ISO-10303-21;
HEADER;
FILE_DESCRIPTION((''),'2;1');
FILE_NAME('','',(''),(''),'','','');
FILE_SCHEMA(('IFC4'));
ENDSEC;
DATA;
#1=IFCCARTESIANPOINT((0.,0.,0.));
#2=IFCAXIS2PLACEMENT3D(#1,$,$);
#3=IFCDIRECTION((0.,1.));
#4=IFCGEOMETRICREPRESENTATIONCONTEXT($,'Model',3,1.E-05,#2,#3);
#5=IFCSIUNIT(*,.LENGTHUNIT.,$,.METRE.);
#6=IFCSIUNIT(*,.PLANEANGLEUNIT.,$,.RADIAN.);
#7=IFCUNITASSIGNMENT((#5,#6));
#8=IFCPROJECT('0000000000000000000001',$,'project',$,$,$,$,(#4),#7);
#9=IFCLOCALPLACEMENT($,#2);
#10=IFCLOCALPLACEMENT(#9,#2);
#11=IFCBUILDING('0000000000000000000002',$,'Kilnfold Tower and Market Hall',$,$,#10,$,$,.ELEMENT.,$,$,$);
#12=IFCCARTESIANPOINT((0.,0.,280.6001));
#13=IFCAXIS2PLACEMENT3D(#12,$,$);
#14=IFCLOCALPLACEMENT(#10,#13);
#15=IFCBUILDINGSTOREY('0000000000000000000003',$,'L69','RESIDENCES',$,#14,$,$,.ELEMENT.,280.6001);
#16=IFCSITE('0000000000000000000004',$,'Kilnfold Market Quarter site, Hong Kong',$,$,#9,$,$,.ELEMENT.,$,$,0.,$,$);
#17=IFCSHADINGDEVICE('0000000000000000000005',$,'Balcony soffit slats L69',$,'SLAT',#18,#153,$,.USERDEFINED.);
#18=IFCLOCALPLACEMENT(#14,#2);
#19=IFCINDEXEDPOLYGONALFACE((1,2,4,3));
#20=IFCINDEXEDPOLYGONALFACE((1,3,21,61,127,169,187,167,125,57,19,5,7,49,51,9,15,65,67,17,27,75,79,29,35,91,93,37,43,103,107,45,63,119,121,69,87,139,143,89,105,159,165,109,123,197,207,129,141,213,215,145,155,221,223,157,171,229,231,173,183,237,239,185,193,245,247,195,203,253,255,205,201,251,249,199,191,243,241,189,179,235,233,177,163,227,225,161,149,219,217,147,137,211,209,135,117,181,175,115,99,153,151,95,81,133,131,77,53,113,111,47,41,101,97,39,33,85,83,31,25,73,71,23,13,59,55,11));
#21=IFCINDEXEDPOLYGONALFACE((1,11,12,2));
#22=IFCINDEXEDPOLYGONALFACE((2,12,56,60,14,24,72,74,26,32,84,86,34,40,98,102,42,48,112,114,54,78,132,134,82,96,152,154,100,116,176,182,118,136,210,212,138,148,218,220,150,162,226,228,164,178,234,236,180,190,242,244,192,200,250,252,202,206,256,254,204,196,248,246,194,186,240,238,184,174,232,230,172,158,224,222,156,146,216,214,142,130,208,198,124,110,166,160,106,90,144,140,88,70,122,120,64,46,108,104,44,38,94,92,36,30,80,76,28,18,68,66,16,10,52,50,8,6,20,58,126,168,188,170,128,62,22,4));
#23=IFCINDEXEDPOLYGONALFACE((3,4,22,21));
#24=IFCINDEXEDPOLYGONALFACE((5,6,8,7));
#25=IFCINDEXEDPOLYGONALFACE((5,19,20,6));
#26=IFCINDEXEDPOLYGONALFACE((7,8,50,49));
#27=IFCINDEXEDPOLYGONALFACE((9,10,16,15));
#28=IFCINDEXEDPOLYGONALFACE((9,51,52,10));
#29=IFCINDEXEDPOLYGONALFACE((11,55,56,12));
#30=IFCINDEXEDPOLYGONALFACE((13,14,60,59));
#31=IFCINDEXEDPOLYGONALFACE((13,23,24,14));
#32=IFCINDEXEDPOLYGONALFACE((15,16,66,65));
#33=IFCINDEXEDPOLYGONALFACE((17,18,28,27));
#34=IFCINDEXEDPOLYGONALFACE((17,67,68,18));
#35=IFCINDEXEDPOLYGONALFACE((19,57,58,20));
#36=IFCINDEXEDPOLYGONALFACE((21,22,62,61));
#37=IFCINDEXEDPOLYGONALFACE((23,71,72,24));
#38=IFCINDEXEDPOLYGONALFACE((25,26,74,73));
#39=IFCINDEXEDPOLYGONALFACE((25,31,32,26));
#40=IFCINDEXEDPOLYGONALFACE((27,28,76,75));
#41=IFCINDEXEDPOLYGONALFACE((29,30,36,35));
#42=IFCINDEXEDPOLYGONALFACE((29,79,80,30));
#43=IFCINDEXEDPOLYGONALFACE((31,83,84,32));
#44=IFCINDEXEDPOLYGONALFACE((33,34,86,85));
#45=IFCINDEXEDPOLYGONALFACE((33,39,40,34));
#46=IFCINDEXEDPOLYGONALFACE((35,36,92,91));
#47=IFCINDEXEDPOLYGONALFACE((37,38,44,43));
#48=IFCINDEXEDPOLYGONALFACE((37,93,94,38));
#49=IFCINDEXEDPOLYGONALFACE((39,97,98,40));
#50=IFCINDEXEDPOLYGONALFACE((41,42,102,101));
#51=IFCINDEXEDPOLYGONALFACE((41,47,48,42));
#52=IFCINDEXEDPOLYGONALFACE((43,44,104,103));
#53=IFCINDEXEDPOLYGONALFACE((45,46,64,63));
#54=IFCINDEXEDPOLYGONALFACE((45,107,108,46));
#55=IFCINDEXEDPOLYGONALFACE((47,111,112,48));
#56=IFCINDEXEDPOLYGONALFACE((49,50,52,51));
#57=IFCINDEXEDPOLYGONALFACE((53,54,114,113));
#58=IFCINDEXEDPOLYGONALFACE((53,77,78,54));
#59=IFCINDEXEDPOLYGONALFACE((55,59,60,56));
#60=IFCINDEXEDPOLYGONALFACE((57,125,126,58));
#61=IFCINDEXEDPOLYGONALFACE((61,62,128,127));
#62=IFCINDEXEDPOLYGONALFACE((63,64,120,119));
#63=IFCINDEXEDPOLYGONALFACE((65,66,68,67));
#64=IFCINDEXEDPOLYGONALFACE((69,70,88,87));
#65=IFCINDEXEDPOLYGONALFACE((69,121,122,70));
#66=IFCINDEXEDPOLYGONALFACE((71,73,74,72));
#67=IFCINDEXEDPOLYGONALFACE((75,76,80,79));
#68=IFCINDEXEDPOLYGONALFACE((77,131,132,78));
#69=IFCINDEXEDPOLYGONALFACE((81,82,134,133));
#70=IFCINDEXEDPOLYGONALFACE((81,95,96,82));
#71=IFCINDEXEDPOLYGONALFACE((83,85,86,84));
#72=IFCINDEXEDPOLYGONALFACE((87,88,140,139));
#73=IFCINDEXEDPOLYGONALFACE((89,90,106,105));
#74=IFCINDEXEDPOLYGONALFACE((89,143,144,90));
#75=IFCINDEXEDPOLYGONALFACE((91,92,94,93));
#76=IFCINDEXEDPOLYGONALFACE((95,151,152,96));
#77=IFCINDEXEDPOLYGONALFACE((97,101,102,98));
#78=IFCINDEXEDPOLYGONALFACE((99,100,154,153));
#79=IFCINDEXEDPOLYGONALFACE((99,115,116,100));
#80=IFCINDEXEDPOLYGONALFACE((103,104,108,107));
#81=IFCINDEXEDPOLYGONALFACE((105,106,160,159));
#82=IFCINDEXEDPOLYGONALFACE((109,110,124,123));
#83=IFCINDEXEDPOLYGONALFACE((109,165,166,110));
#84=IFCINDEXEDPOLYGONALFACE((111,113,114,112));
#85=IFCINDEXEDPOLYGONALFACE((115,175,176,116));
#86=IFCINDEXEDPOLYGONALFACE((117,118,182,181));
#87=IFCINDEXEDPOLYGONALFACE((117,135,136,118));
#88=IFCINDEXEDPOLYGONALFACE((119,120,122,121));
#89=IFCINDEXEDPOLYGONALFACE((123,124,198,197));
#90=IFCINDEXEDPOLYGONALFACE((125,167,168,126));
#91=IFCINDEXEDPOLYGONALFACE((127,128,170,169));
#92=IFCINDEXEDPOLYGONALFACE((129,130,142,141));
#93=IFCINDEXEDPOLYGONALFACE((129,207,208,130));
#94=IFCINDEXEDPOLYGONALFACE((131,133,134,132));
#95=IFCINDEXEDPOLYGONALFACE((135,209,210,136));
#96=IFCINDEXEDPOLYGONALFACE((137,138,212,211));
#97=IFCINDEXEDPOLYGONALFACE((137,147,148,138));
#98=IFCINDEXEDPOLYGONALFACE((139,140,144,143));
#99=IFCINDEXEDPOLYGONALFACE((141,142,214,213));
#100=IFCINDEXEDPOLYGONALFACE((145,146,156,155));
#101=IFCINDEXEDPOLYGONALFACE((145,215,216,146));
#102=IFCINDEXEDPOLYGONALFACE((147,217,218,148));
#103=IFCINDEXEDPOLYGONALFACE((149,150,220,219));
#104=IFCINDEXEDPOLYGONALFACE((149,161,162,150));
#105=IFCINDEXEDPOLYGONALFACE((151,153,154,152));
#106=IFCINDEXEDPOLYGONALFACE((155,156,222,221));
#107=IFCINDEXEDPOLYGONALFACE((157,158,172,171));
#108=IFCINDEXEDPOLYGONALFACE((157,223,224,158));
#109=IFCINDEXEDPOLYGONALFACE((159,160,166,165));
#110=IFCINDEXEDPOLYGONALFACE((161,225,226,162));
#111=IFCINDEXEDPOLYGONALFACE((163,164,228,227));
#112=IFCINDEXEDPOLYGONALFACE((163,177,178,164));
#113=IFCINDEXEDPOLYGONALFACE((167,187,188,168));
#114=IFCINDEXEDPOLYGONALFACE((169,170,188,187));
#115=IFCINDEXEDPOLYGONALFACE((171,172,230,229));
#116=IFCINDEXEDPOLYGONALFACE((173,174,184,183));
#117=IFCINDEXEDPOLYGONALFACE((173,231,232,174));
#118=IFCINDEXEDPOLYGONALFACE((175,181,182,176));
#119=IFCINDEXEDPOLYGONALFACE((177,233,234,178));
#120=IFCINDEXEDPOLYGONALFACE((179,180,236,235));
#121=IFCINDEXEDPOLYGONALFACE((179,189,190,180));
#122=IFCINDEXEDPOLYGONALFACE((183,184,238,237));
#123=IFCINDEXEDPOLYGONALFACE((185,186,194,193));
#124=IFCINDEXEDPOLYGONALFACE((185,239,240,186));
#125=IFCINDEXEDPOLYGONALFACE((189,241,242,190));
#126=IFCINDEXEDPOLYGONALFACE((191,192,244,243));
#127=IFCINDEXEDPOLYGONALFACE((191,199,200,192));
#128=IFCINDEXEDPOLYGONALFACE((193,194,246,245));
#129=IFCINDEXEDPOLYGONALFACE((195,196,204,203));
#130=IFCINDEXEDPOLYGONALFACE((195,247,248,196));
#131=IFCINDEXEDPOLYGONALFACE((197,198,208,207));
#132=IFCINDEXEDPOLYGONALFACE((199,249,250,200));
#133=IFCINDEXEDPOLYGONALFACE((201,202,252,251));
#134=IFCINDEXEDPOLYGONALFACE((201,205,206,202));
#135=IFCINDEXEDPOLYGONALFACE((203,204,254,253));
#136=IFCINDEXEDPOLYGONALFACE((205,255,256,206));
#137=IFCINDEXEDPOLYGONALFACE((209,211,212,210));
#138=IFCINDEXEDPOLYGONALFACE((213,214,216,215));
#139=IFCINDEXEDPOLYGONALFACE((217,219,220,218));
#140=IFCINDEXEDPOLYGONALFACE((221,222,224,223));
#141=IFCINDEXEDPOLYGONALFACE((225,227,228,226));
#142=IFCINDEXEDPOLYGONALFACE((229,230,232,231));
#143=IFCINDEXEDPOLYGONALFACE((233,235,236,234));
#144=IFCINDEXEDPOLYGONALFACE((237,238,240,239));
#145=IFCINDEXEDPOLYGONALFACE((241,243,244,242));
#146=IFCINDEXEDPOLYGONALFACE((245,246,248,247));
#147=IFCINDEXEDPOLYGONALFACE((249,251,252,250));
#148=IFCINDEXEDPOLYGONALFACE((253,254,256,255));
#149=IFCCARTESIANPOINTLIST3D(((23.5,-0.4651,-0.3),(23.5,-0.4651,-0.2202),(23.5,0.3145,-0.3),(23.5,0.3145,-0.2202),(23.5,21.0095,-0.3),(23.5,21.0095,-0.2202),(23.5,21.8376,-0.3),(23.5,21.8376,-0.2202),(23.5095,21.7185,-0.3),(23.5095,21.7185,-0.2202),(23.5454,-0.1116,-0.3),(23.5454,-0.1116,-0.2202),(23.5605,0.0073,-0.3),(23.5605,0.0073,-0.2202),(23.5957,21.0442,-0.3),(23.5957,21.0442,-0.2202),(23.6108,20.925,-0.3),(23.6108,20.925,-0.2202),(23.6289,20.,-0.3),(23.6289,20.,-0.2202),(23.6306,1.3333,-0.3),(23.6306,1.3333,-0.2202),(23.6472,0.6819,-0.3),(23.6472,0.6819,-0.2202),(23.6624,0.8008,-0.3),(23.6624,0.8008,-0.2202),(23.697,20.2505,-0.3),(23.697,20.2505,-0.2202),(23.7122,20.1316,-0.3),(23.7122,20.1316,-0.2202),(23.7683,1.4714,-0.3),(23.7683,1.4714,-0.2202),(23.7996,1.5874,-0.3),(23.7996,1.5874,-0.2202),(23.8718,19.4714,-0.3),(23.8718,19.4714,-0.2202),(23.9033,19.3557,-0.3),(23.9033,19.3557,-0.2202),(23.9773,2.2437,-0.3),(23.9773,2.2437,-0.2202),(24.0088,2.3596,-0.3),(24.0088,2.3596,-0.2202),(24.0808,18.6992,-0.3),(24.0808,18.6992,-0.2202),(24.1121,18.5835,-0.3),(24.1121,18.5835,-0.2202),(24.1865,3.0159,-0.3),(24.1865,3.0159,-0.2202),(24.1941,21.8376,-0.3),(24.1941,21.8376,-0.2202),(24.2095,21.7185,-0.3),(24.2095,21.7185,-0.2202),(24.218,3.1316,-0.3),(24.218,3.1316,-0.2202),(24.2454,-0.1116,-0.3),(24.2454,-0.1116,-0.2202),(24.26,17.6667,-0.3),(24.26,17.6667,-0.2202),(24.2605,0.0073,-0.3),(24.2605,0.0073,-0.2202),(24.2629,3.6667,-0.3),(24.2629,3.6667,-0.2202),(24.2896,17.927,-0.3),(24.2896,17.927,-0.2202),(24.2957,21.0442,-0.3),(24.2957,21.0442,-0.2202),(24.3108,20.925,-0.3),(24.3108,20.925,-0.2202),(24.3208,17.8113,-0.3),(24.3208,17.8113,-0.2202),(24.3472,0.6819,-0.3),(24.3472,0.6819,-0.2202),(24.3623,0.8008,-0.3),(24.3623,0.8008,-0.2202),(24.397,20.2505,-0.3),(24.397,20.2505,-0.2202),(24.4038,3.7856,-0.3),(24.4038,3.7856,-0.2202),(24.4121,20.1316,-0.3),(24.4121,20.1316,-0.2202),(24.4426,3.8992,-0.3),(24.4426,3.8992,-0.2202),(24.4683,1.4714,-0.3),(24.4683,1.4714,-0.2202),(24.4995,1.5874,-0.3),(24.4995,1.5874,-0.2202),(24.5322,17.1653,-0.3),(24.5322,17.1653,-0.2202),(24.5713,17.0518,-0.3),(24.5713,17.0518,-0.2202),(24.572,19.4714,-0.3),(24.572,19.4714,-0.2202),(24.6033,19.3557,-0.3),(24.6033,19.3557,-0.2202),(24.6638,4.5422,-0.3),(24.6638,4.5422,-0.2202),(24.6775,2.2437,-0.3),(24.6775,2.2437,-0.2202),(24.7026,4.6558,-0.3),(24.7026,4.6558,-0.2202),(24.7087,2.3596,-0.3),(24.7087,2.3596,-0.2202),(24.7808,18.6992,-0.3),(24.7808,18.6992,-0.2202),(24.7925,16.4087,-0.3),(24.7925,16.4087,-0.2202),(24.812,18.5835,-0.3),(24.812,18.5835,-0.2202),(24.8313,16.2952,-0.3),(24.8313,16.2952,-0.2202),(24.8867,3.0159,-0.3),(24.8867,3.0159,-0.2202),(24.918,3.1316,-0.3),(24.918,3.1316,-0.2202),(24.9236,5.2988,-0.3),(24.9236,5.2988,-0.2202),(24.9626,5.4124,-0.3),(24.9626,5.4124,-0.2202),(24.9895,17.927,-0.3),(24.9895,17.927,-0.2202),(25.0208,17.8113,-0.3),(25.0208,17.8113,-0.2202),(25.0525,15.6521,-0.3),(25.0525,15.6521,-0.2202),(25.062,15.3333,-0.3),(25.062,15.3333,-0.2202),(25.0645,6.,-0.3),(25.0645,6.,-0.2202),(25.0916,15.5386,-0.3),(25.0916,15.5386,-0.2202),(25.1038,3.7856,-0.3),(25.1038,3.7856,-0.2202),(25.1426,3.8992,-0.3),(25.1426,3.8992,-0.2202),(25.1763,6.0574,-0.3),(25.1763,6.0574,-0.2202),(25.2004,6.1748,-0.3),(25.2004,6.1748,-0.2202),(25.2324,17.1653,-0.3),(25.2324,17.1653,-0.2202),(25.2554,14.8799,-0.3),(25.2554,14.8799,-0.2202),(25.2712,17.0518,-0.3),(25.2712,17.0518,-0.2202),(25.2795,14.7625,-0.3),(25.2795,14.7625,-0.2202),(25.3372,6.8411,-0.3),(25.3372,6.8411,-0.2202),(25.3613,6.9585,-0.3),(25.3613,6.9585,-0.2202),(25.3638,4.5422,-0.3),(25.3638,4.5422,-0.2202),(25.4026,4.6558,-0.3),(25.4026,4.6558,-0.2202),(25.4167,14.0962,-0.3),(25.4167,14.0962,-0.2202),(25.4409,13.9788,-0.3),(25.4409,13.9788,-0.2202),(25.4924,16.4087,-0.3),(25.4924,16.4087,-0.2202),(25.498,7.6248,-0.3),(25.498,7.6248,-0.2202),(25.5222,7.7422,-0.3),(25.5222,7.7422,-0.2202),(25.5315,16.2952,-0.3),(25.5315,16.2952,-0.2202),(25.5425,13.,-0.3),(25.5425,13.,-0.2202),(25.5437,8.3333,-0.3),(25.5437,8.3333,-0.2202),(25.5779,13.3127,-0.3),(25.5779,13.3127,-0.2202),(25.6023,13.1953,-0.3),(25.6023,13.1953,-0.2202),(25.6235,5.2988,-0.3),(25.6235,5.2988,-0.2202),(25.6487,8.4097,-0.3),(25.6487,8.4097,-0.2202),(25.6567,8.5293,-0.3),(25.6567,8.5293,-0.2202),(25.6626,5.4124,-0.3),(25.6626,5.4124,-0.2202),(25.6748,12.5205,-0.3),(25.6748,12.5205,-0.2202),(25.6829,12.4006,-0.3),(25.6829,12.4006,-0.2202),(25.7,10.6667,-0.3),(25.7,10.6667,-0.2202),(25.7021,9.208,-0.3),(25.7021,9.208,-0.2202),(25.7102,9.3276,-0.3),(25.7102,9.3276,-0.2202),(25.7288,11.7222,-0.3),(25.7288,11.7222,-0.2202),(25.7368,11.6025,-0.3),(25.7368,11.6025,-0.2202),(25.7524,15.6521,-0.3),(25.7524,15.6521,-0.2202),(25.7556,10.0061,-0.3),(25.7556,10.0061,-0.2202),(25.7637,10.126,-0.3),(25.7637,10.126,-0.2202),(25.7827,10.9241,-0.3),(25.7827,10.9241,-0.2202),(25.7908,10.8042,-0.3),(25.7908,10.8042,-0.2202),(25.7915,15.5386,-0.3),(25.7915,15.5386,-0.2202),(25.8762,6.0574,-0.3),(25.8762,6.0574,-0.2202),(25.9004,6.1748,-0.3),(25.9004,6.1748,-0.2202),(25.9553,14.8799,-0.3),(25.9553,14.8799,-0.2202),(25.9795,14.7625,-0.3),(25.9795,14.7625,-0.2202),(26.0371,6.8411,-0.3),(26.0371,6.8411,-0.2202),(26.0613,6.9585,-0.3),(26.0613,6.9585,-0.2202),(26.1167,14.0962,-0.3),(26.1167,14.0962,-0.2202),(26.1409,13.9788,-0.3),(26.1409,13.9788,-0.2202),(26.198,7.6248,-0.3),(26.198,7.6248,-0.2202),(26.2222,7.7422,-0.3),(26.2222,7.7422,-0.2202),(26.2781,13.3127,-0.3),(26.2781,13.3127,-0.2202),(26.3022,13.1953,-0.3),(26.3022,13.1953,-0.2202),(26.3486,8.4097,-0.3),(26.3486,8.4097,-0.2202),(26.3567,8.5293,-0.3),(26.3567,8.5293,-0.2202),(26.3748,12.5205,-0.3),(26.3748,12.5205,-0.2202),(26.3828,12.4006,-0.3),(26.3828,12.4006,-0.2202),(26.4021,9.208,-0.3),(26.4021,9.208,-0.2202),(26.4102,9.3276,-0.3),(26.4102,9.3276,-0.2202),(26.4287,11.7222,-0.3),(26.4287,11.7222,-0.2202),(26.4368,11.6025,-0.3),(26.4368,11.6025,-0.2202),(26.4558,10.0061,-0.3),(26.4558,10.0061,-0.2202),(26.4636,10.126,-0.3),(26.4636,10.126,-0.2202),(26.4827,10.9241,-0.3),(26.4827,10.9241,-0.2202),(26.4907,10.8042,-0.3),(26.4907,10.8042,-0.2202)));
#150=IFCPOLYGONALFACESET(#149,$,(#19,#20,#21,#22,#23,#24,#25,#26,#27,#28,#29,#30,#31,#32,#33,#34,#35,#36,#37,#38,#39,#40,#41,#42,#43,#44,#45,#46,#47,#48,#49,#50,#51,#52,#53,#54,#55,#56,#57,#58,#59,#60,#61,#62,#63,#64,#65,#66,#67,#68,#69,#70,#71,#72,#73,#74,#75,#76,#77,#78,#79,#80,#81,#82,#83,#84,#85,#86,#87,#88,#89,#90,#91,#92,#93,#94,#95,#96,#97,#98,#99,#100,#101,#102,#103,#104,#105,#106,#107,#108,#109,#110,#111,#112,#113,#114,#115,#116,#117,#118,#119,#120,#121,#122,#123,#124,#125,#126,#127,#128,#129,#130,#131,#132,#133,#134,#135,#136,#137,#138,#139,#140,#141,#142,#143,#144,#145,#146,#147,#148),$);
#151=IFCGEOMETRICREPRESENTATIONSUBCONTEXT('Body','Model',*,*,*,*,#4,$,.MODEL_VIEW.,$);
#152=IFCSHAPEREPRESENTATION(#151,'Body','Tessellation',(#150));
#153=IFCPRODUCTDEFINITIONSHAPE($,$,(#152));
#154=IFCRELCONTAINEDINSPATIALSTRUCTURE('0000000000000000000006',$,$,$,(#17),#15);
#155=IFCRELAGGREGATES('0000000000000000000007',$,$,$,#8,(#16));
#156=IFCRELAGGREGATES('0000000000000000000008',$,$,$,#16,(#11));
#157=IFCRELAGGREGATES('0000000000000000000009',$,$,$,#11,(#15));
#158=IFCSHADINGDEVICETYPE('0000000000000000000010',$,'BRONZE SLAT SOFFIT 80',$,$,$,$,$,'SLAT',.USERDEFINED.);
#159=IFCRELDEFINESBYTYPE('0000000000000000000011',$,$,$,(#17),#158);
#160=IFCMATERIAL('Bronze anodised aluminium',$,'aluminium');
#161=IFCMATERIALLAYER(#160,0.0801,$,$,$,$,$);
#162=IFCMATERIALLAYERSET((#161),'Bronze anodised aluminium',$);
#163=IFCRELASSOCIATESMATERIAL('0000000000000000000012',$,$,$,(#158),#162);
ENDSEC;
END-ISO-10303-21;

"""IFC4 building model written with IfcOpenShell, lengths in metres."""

from ifc_helpers import new_model, si_unit, direction, frame, origin, place, context, subcontext, project, spatial, polyline, outline, extrude, source, transform, mapped, material, layer, layer_set, type_object, element, save


model = new_model("IFC4")

# Units and contexts
model_context = context("Model", 3, precision=1e-05, world=origin(), true_north=direction((0.0, 1.0)))
body_context = subcontext(model_context, "Body", "Model", "MODEL_VIEW")
ifc_project = project(units=[si_unit("LENGTHUNIT", "METRE"), si_unit("PLANEANGLEUNIT", "RADIAN")], contexts=[model_context])

# Site, building, storey
site_placement = place(None, origin())
site = spatial("IfcSite", under=ifc_project, at=site_placement, Name="Kilnfold Market Quarter site, Hong Kong", CompositionType="ELEMENT", RefElevation=0.0)
building_placement = place(site_placement, origin())
building = spatial("IfcBuilding", under=site, at=building_placement, Name="Kilnfold Tower and Market Hall", CompositionType="ELEMENT")
storey_placement = place(building_placement, frame((0.0, 0.0, 280.6001)))
storey = spatial("IfcBuildingStorey", under=building, at=storey_placement, Name="L69", Description="RESIDENCES", CompositionType="ELEMENT", Elevation=280.6001)

# Shading device
ifc_material_1 = material(Name="Bronze anodised aluminium", Category="aluminium")
ifc_layer_1 = layer(ifc_material_1, 0.0801)
ifc_layer_set_1 = layer_set([ifc_layer_1], Name="Bronze anodised aluminium")
shading_device_type_1 = type_object("IfcShadingDeviceType", Name="BRONZE SLAT SOFFIT 80", ElementType="SLAT", PredefinedType="USERDEFINED", material=ifc_layer_set_1)
shared_shape_1 = source(origin(), body_context, "Body", "SweptSolid", [
    extrude(outline(polyline([(23.6306, 1.3333), (24.2629, 3.6667), (25.0645, 6.0), (25.5437, 8.3333), (25.7, 10.6667), (25.5425, 13.0), (25.062, 15.3333), (24.26, 17.6667), (23.6289, 20.0), (23.5, 21.0095), (23.5, 21.8376), (24.1941, 21.8376), (24.2095, 21.7185), (23.5095, 21.7185), (23.5957, 21.0442), (24.2957, 21.0442), (24.3108, 20.925), (23.6108, 20.925), (23.697, 20.2505), (24.397, 20.2505), (24.4121, 20.1316), (23.7122, 20.1316), (23.8718, 19.4714), (24.572, 19.4714), (24.6033, 19.3557), (23.9033, 19.3557), (24.0808, 18.6992), (24.7808, 18.6992), (24.812, 18.5835), (24.1121, 18.5835), (24.2896, 17.927), (24.9895, 17.927), (25.0208, 17.8113), (24.3208, 17.8113), (24.5322, 17.1653), (25.2324, 17.1653), (25.2712, 17.0518), (24.5713, 17.0518), (24.7925, 16.4087), (25.4924, 16.4087), (25.5315, 16.2952), (24.8313, 16.2952), (25.0525, 15.6521), (25.7524, 15.6521), (25.7915, 15.5386), (25.0916, 15.5386), (25.2554, 14.8799), (25.9553, 14.8799), (25.9795, 14.7625), (25.2795, 14.7625), (25.4167, 14.0962), (26.1167, 14.0962), (26.1409, 13.9788), (25.4409, 13.9788), (25.5779, 13.3127), (26.2781, 13.3127), (26.3022, 13.1953), (25.6023, 13.1953), (25.6748, 12.5205), (26.3748, 12.5205), (26.3828, 12.4006), (25.6829, 12.4006), (25.7288, 11.7222), (26.4287, 11.7222), (26.4368, 11.6025), (25.7368, 11.6025), (25.7827, 10.9241), (26.4827, 10.9241), (26.4907, 10.8042), (25.7908, 10.8042), (25.7637, 10.126), (26.4636, 10.126), (26.4558, 10.0061), (25.7556, 10.0061), (25.7102, 9.3276), (26.4102, 9.3276), (26.4021, 9.208), (25.7021, 9.208), (25.6567, 8.5293), (26.3567, 8.5293), (26.3486, 8.4097), (25.6487, 8.4097), (25.5222, 7.7422), (26.2222, 7.7422), (26.198, 7.6248), (25.498, 7.6248), (25.3613, 6.9585), (26.0613, 6.9585), (26.0371, 6.8411), (25.3372, 6.8411), (25.2004, 6.1748), (25.9004, 6.1748), (25.8762, 6.0574), (25.1763, 6.0574), (24.9626, 5.4124), (25.6626, 5.4124), (25.6235, 5.2988), (24.9236, 5.2988), (24.7026, 4.6558), (25.4026, 4.6558), (25.3638, 4.5422), (24.6638, 4.5422), (24.4426, 3.8992), (25.1426, 3.8992), (25.1038, 3.7856), (24.4038, 3.7856), (24.218, 3.1316), (24.918, 3.1316), (24.8867, 3.0159), (24.1865, 3.0159), (24.0088, 2.3596), (24.7087, 2.3596), (24.6775, 2.2437), (23.9773, 2.2437), (23.7996, 1.5874), (24.4995, 1.5874), (24.4683, 1.4714), (23.7683, 1.4714), (23.6624, 0.8008), (24.3623, 0.8008), (24.3472, 0.6819), (23.6472, 0.6819), (23.5605, 0.0073), (24.2605, 0.0073), (24.2454, -0.1116), (23.5454, -0.1116), (23.5, -0.4651), (23.5, 0.3145), (23.6306, 1.3333)])), origin(), (0.0, 0.0, 1.0), 0.0798),
])
shading_device_1_placement = place(storey_placement, frame((0.0, 0.0, -0.3)))
element("IfcShadingDevice", 1, at=shading_device_1_placement, inside=storey, type_object=shading_device_type_1, Name="Balcony soffit slats L69", ObjectType="SLAT", PredefinedType="USERDEFINED", context=body_context, shape_type="MappedRepresentation", body=[
    mapped(shared_shape_1, transform((0.0, 0.0, 0.0))),
])

save(model, "model.ifc")
